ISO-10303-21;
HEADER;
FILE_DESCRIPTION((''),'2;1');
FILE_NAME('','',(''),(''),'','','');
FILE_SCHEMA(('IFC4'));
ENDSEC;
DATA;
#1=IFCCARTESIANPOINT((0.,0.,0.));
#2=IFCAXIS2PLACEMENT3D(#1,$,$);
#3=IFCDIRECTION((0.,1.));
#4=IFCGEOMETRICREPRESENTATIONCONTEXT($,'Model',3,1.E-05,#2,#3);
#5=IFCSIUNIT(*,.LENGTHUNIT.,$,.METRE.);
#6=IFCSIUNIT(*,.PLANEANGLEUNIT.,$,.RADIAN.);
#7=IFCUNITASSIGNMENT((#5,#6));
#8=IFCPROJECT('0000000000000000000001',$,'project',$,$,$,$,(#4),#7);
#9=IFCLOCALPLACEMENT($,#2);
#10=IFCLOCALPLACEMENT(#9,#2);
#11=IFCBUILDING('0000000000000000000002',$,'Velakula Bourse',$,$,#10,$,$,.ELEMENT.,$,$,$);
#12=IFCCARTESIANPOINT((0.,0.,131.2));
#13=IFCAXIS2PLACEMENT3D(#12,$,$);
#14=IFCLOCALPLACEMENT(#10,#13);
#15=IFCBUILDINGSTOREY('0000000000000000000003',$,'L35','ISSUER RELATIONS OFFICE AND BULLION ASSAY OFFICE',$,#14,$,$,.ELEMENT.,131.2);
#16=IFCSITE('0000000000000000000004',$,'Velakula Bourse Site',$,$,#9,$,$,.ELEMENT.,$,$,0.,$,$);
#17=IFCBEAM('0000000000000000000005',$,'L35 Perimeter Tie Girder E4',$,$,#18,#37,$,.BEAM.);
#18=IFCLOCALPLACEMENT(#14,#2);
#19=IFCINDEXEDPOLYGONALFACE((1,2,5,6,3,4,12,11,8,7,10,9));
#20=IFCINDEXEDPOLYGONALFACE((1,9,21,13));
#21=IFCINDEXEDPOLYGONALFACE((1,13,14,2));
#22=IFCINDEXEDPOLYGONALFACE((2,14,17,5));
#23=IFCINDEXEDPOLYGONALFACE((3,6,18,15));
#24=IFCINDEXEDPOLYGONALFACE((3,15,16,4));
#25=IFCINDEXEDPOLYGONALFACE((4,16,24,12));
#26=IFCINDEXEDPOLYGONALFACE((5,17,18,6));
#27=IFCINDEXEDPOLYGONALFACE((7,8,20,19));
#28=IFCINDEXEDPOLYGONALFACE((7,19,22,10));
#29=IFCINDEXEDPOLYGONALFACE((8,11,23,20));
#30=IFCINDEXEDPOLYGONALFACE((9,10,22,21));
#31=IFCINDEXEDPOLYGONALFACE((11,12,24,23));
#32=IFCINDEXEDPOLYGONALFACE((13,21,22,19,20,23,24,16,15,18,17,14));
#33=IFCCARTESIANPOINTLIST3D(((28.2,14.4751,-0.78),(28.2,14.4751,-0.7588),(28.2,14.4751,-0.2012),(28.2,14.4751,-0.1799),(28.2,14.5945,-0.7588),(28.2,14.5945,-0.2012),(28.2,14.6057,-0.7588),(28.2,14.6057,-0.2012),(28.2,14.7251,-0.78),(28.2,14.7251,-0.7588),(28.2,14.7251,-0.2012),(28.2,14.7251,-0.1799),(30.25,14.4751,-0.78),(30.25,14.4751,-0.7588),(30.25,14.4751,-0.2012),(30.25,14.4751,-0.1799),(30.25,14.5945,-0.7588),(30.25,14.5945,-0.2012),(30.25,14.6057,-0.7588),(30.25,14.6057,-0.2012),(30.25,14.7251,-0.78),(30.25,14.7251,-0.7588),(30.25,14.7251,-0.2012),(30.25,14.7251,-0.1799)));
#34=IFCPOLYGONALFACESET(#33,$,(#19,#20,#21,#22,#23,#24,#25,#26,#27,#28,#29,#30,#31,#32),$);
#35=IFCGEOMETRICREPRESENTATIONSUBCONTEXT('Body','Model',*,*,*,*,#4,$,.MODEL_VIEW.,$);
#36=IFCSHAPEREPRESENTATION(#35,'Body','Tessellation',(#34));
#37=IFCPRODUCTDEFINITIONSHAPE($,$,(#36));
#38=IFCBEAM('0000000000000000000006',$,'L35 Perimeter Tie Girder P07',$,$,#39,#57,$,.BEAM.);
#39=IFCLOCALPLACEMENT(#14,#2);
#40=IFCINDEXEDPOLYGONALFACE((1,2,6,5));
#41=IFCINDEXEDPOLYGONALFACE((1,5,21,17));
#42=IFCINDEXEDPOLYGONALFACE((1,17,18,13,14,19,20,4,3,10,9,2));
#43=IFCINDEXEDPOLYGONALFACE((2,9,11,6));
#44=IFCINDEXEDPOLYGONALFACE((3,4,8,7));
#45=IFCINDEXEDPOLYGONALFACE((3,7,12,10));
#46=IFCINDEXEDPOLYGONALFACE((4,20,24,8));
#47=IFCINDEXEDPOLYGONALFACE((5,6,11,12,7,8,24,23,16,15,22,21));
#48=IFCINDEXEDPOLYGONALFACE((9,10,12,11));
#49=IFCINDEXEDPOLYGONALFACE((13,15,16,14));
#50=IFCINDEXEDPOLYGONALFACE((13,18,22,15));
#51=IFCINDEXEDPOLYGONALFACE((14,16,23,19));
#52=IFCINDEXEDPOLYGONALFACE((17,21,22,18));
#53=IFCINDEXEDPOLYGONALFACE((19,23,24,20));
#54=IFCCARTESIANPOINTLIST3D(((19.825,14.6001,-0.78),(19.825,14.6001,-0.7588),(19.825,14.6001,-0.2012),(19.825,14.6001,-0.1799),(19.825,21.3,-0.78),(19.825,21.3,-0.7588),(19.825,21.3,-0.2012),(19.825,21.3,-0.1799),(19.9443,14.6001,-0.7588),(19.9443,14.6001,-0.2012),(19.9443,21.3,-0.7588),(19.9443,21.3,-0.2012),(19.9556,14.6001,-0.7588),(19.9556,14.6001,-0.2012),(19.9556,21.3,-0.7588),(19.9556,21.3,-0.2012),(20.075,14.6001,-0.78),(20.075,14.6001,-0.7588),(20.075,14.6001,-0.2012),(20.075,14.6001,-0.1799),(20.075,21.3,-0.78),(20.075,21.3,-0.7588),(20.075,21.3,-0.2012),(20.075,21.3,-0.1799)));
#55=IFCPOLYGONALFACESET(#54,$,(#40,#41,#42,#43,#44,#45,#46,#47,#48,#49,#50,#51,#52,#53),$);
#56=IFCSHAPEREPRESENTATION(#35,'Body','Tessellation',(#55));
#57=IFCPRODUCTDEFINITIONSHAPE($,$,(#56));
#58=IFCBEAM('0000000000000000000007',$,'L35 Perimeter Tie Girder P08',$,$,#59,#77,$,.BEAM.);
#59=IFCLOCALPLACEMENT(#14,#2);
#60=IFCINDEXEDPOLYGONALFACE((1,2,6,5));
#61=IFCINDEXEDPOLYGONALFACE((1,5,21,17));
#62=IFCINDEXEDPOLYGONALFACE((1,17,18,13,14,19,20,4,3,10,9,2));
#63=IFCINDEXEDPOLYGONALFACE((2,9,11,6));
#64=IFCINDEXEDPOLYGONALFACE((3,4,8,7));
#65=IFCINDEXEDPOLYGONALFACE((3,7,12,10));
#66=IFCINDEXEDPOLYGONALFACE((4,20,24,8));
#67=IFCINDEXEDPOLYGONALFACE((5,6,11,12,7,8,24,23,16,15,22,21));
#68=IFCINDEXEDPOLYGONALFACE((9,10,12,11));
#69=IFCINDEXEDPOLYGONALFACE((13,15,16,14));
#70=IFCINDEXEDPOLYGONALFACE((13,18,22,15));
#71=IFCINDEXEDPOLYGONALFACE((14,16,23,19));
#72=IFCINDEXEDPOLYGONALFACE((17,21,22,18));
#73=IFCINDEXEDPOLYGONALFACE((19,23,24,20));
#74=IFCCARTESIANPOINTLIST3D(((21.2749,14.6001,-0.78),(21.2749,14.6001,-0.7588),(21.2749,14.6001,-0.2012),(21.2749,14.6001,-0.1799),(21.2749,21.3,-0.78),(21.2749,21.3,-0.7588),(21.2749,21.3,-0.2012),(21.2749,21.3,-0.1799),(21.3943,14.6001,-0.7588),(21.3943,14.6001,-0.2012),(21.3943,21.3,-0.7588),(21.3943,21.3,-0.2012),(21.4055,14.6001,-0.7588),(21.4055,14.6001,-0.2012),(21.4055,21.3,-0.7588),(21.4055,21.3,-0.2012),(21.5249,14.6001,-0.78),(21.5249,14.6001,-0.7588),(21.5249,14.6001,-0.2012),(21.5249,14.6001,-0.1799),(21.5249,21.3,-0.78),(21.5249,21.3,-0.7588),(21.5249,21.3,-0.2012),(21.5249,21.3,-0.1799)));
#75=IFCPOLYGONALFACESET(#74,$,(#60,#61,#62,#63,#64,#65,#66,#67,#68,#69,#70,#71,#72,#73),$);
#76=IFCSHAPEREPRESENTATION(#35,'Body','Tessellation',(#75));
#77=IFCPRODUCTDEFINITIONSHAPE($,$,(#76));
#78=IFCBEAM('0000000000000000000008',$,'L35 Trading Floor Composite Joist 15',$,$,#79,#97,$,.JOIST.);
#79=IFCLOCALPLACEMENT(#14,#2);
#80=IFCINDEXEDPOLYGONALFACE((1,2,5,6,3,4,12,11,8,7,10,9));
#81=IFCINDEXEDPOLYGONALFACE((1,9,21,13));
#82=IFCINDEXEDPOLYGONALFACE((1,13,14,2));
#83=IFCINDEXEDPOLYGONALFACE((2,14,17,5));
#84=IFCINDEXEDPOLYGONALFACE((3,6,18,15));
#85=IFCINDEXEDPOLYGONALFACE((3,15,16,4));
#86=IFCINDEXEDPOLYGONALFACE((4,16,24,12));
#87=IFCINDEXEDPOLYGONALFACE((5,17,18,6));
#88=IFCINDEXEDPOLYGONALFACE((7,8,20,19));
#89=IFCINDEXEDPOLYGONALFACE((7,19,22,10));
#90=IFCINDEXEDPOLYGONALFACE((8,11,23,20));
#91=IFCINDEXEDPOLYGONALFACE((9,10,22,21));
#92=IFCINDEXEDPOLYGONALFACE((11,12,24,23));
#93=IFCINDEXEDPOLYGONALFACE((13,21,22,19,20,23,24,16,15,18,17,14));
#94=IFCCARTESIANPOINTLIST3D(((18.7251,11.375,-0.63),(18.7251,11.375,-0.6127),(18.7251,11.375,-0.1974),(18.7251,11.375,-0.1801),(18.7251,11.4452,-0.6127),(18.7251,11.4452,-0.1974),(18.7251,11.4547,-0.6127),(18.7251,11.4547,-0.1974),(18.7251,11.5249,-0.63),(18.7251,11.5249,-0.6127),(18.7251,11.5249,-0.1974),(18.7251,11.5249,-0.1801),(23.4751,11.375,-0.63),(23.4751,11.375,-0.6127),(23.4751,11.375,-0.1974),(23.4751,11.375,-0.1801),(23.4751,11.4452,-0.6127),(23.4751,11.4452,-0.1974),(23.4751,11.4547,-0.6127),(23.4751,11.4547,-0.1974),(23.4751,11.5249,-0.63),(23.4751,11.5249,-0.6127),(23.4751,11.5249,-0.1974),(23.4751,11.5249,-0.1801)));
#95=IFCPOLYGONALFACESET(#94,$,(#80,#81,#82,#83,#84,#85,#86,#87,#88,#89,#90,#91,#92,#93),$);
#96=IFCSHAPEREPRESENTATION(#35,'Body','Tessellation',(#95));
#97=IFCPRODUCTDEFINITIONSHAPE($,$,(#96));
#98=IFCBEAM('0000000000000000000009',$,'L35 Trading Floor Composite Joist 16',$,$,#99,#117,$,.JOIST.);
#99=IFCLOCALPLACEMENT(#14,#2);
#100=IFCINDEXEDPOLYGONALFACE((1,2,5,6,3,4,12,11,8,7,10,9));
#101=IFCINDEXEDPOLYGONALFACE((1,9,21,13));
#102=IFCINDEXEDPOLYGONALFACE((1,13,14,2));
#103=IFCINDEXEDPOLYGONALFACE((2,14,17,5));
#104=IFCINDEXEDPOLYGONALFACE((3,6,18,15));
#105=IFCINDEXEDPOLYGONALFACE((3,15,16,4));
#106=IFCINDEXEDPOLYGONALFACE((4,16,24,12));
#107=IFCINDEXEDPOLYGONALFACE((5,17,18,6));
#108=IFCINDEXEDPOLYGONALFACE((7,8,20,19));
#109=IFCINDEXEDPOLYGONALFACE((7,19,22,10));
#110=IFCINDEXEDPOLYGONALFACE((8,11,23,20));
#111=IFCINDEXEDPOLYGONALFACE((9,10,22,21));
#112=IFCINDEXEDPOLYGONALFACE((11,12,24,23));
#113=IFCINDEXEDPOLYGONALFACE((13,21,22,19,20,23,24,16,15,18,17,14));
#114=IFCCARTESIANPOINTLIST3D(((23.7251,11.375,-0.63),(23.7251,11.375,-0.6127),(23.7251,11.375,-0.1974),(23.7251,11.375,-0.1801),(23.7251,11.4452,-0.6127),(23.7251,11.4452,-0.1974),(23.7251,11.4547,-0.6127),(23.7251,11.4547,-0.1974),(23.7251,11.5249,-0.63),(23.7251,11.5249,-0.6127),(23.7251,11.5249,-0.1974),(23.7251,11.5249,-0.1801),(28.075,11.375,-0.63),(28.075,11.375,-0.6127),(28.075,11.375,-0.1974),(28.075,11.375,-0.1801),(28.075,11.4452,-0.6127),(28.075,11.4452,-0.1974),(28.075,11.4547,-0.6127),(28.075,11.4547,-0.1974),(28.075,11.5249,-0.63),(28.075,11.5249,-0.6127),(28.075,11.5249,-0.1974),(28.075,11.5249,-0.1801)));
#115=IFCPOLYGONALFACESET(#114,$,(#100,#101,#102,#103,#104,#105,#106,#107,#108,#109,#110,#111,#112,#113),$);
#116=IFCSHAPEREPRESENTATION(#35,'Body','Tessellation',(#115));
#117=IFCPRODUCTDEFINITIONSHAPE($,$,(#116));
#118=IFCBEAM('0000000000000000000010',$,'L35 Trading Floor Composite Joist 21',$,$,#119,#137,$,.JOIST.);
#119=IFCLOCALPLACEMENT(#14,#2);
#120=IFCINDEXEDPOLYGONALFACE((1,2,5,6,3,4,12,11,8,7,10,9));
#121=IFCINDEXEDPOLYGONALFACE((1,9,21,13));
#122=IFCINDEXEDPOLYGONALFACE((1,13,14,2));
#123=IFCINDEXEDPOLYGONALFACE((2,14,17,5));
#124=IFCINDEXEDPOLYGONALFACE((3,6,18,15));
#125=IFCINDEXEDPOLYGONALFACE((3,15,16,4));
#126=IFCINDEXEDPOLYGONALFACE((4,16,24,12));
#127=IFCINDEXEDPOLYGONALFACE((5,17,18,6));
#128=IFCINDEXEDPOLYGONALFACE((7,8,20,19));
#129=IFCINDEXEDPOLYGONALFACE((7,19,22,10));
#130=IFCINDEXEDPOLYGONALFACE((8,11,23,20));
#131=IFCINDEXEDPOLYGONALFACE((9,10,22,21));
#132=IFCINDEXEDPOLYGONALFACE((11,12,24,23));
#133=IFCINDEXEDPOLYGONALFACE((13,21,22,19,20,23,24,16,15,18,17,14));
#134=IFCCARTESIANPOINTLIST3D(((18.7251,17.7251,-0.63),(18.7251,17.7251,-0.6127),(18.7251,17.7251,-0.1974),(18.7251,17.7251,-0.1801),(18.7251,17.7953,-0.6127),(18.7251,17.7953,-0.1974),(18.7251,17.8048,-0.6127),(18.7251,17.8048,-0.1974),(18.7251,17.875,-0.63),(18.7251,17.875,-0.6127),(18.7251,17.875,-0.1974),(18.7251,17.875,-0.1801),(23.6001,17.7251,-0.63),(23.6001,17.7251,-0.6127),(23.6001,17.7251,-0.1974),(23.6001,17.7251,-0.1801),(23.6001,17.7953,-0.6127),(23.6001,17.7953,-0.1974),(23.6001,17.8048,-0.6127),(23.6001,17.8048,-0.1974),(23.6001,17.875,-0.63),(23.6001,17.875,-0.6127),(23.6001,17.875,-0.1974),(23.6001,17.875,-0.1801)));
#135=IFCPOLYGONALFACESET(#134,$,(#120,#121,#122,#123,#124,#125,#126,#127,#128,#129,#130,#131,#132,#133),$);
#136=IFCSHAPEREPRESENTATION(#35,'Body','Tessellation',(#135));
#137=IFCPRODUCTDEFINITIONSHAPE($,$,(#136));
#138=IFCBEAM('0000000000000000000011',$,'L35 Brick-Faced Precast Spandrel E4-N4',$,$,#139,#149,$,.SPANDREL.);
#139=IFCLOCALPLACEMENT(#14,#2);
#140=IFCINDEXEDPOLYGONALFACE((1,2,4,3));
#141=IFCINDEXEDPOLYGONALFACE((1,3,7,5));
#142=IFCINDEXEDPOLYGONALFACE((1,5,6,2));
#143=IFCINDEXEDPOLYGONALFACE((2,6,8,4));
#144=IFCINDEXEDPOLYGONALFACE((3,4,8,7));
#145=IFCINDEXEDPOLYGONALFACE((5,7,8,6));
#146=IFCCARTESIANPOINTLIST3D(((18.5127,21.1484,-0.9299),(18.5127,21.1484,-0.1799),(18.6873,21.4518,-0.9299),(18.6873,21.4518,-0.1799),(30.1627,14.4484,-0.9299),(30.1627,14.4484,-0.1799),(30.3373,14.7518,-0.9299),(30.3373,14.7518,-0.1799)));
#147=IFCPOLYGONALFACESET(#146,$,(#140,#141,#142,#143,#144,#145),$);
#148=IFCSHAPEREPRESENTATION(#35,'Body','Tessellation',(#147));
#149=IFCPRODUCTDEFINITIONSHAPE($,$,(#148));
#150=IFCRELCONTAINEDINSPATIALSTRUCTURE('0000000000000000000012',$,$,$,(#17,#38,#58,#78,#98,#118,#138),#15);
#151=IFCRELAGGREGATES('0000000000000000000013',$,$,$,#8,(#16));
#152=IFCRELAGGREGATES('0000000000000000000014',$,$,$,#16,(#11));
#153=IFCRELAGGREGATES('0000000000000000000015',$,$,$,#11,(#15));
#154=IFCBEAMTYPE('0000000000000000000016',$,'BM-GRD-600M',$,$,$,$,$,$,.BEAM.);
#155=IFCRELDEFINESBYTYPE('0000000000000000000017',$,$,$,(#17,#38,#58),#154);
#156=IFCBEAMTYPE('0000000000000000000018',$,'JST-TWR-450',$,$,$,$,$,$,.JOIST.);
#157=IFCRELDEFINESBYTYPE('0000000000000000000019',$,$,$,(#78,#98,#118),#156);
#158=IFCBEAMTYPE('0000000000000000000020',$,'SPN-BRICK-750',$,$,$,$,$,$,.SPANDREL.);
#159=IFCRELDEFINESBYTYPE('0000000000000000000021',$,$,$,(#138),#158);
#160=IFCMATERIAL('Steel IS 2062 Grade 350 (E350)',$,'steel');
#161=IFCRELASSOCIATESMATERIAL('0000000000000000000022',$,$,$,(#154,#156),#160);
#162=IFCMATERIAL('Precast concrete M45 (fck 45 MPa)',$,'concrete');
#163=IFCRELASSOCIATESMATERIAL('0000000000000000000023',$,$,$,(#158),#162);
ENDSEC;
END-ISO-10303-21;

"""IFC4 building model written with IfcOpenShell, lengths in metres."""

from ifc_helpers import new_model, si_unit, direction, frame, origin, origin_2d, place, context, subcontext, project, spatial, rectangle, i_section, extrude, material, material_profile, profile_set, type_object, element, save


model = new_model("IFC4")

# Units and contexts
model_context = context("Model", 3, precision=1e-05, world=origin(), true_north=direction((0.0, 1.0)))
body_context = subcontext(model_context, "Body", "Model", "MODEL_VIEW")
ifc_project = project(units=[si_unit("LENGTHUNIT", "METRE"), si_unit("PLANEANGLEUNIT", "RADIAN")], contexts=[model_context])

# Site, building, storey
site_placement = place(None, origin())
site = spatial("IfcSite", under=ifc_project, at=site_placement, Name="Velakula Bourse Site", CompositionType="ELEMENT", RefElevation=0.0)
building_placement = place(site_placement, origin())
building = spatial("IfcBuilding", under=site, at=building_placement, Name="Velakula Bourse", CompositionType="ELEMENT")
storey_placement = place(building_placement, frame((0.0, 0.0, 131.2)))
storey = spatial("IfcBuildingStorey", under=building, at=storey_placement, Name="L35", Description="ISSUER RELATIONS OFFICE AND BULLION ASSAY OFFICE", CompositionType="ELEMENT", Elevation=131.2)

# Shared definitions
ifc_material_1 = material(Name="Steel IS 2062 Grade 350 (E350)", Category="steel")
ifc_material_2 = material(Name="Precast concrete M45 (fck 45 MPa)", Category="concrete")

# Beams
ifc_material_profile_1 = material_profile(ifc_material_1, i_section(OverallWidth=0.25, OverallDepth=0.6001, WebThickness=0.0112, FlangeThickness=0.0212, at=origin_2d()), Name="Steel IS 2062 Grade 350 (E350)")
ifc_profile_set_1 = profile_set([ifc_material_profile_1], Name="Steel IS 2062 Grade 350 (E350)")
beam_type_1 = type_object("IfcBeamType", Name="BM-GRD-600M", PredefinedType="BEAM", material=ifc_profile_set_1)
beam_1_placement = place(storey_placement, frame((28.2, 14.6001, -0.48), z_axis=(1.0, 0.0, 0.0), x_axis=(0.0, 1.0, 0.0)))
element("IfcBeam", 1, at=beam_1_placement, inside=storey, type_object=beam_type_1, Name="L35 Perimeter Tie Girder E4", PredefinedType="BEAM", context=body_context, shape_type="SweptSolid", body=[
    extrude(i_section(OverallWidth=0.25, OverallDepth=0.6001, WebThickness=0.0112, FlangeThickness=0.0212, at=origin_2d()), origin(), (0.0, 0.0, 1.0), 2.05),
])
for number, where, z_axis, x_axis, name in (
    (2, (19.95, 14.6001, -0.48), (0.0, 1.0, 0.0), (-1.0, 0.0, 0.0), "L35 Perimeter Tie Girder P07"),
    (3, (21.3999, 14.6001, -0.48), (0.0, 1.0, 0.0), (-1.0, 0.0, 0.0), "L35 Perimeter Tie Girder P08"),
):
    element("IfcBeam", number, at=place(storey_placement, frame(where, z_axis=z_axis, x_axis=x_axis)), inside=storey, type_object=beam_type_1, Name=name, PredefinedType="BEAM", context=body_context, shape_type="SweptSolid", body=[
        extrude(i_section(OverallWidth=0.25, OverallDepth=0.6001, WebThickness=0.0112, FlangeThickness=0.0212, at=origin_2d()), origin(), (0.0, 0.0, 1.0), 6.7),
    ])
ifc_material_profile_2 = material_profile(ifc_material_1, i_section(OverallWidth=0.1499, OverallDepth=0.45, WebThickness=0.0095, FlangeThickness=0.0173, at=origin_2d()), Name="Steel IS 2062 Grade 350 (E350)")
ifc_profile_set_2 = profile_set([ifc_material_profile_2], Name="Steel IS 2062 Grade 350 (E350)")
beam_type_2 = type_object("IfcBeamType", Name="JST-TWR-450", PredefinedType="JOIST", material=ifc_profile_set_2)
beam_2_placement = place(storey_placement, frame((18.7251, 11.45, -0.405), z_axis=(1.0, 0.0, 0.0), x_axis=(0.0, 1.0, 0.0)))
element("IfcBeam", 4, at=beam_2_placement, inside=storey, type_object=beam_type_2, Name="L35 Trading Floor Composite Joist 15", PredefinedType="JOIST", context=body_context, shape_type="SweptSolid", body=[
    extrude(i_section(OverallWidth=0.1499, OverallDepth=0.45, WebThickness=0.0095, FlangeThickness=0.0173, at=origin_2d()), origin(), (0.0, 0.0, 1.0), 4.75),
])
beam_3_placement = place(storey_placement, frame((23.7251, 11.45, -0.405), z_axis=(1.0, 0.0, 0.0), x_axis=(0.0, 1.0, 0.0)))
element("IfcBeam", 5, at=beam_3_placement, inside=storey, type_object=beam_type_2, Name="L35 Trading Floor Composite Joist 16", PredefinedType="JOIST", context=body_context, shape_type="SweptSolid", body=[
    extrude(i_section(OverallWidth=0.1499, OverallDepth=0.45, WebThickness=0.0095, FlangeThickness=0.0173, at=origin_2d()), origin(), (0.0, 0.0, 1.0), 4.3499),
])
beam_4_placement = place(storey_placement, frame((18.7251, 17.8, -0.405), z_axis=(1.0, 0.0, 0.0), x_axis=(0.0, 1.0, 0.0)))
element("IfcBeam", 6, at=beam_4_placement, inside=storey, type_object=beam_type_2, Name="L35 Trading Floor Composite Joist 21", PredefinedType="JOIST", context=body_context, shape_type="SweptSolid", body=[
    extrude(i_section(OverallWidth=0.1499, OverallDepth=0.45, WebThickness=0.0095, FlangeThickness=0.0173, at=origin_2d()), origin(), (0.0, 0.0, 1.0), 4.875),
])
ifc_material_profile_3 = material_profile(ifc_material_2, rectangle(XDim=0.3501, YDim=0.75, at=origin_2d()), Name="Precast concrete M45 (fck 45 MPa)")
ifc_profile_set_3 = profile_set([ifc_material_profile_3], Name="Precast concrete M45 (fck 45 MPa)")
beam_type_3 = type_object("IfcBeamType", Name="SPN-BRICK-750", PredefinedType="SPANDREL", material=ifc_profile_set_3)
beam_5_placement = place(storey_placement, frame((30.25, 14.6001, -0.5549), z_axis=(-0.866866, 0.498541, 0.0), x_axis=(-0.498541, -0.866866, 0.0)))
element("IfcBeam", 7, at=beam_5_placement, inside=storey, type_object=beam_type_3, Name="L35 Brick-Faced Precast Spandrel E4-N4", PredefinedType="SPANDREL", context=body_context, shape_type="SweptSolid", body=[
    extrude(rectangle(XDim=0.3501, YDim=0.75, at=origin_2d()), origin(), (0.0, 0.0, 1.0), 13.4392),
])

save(model, "model.ifc")
